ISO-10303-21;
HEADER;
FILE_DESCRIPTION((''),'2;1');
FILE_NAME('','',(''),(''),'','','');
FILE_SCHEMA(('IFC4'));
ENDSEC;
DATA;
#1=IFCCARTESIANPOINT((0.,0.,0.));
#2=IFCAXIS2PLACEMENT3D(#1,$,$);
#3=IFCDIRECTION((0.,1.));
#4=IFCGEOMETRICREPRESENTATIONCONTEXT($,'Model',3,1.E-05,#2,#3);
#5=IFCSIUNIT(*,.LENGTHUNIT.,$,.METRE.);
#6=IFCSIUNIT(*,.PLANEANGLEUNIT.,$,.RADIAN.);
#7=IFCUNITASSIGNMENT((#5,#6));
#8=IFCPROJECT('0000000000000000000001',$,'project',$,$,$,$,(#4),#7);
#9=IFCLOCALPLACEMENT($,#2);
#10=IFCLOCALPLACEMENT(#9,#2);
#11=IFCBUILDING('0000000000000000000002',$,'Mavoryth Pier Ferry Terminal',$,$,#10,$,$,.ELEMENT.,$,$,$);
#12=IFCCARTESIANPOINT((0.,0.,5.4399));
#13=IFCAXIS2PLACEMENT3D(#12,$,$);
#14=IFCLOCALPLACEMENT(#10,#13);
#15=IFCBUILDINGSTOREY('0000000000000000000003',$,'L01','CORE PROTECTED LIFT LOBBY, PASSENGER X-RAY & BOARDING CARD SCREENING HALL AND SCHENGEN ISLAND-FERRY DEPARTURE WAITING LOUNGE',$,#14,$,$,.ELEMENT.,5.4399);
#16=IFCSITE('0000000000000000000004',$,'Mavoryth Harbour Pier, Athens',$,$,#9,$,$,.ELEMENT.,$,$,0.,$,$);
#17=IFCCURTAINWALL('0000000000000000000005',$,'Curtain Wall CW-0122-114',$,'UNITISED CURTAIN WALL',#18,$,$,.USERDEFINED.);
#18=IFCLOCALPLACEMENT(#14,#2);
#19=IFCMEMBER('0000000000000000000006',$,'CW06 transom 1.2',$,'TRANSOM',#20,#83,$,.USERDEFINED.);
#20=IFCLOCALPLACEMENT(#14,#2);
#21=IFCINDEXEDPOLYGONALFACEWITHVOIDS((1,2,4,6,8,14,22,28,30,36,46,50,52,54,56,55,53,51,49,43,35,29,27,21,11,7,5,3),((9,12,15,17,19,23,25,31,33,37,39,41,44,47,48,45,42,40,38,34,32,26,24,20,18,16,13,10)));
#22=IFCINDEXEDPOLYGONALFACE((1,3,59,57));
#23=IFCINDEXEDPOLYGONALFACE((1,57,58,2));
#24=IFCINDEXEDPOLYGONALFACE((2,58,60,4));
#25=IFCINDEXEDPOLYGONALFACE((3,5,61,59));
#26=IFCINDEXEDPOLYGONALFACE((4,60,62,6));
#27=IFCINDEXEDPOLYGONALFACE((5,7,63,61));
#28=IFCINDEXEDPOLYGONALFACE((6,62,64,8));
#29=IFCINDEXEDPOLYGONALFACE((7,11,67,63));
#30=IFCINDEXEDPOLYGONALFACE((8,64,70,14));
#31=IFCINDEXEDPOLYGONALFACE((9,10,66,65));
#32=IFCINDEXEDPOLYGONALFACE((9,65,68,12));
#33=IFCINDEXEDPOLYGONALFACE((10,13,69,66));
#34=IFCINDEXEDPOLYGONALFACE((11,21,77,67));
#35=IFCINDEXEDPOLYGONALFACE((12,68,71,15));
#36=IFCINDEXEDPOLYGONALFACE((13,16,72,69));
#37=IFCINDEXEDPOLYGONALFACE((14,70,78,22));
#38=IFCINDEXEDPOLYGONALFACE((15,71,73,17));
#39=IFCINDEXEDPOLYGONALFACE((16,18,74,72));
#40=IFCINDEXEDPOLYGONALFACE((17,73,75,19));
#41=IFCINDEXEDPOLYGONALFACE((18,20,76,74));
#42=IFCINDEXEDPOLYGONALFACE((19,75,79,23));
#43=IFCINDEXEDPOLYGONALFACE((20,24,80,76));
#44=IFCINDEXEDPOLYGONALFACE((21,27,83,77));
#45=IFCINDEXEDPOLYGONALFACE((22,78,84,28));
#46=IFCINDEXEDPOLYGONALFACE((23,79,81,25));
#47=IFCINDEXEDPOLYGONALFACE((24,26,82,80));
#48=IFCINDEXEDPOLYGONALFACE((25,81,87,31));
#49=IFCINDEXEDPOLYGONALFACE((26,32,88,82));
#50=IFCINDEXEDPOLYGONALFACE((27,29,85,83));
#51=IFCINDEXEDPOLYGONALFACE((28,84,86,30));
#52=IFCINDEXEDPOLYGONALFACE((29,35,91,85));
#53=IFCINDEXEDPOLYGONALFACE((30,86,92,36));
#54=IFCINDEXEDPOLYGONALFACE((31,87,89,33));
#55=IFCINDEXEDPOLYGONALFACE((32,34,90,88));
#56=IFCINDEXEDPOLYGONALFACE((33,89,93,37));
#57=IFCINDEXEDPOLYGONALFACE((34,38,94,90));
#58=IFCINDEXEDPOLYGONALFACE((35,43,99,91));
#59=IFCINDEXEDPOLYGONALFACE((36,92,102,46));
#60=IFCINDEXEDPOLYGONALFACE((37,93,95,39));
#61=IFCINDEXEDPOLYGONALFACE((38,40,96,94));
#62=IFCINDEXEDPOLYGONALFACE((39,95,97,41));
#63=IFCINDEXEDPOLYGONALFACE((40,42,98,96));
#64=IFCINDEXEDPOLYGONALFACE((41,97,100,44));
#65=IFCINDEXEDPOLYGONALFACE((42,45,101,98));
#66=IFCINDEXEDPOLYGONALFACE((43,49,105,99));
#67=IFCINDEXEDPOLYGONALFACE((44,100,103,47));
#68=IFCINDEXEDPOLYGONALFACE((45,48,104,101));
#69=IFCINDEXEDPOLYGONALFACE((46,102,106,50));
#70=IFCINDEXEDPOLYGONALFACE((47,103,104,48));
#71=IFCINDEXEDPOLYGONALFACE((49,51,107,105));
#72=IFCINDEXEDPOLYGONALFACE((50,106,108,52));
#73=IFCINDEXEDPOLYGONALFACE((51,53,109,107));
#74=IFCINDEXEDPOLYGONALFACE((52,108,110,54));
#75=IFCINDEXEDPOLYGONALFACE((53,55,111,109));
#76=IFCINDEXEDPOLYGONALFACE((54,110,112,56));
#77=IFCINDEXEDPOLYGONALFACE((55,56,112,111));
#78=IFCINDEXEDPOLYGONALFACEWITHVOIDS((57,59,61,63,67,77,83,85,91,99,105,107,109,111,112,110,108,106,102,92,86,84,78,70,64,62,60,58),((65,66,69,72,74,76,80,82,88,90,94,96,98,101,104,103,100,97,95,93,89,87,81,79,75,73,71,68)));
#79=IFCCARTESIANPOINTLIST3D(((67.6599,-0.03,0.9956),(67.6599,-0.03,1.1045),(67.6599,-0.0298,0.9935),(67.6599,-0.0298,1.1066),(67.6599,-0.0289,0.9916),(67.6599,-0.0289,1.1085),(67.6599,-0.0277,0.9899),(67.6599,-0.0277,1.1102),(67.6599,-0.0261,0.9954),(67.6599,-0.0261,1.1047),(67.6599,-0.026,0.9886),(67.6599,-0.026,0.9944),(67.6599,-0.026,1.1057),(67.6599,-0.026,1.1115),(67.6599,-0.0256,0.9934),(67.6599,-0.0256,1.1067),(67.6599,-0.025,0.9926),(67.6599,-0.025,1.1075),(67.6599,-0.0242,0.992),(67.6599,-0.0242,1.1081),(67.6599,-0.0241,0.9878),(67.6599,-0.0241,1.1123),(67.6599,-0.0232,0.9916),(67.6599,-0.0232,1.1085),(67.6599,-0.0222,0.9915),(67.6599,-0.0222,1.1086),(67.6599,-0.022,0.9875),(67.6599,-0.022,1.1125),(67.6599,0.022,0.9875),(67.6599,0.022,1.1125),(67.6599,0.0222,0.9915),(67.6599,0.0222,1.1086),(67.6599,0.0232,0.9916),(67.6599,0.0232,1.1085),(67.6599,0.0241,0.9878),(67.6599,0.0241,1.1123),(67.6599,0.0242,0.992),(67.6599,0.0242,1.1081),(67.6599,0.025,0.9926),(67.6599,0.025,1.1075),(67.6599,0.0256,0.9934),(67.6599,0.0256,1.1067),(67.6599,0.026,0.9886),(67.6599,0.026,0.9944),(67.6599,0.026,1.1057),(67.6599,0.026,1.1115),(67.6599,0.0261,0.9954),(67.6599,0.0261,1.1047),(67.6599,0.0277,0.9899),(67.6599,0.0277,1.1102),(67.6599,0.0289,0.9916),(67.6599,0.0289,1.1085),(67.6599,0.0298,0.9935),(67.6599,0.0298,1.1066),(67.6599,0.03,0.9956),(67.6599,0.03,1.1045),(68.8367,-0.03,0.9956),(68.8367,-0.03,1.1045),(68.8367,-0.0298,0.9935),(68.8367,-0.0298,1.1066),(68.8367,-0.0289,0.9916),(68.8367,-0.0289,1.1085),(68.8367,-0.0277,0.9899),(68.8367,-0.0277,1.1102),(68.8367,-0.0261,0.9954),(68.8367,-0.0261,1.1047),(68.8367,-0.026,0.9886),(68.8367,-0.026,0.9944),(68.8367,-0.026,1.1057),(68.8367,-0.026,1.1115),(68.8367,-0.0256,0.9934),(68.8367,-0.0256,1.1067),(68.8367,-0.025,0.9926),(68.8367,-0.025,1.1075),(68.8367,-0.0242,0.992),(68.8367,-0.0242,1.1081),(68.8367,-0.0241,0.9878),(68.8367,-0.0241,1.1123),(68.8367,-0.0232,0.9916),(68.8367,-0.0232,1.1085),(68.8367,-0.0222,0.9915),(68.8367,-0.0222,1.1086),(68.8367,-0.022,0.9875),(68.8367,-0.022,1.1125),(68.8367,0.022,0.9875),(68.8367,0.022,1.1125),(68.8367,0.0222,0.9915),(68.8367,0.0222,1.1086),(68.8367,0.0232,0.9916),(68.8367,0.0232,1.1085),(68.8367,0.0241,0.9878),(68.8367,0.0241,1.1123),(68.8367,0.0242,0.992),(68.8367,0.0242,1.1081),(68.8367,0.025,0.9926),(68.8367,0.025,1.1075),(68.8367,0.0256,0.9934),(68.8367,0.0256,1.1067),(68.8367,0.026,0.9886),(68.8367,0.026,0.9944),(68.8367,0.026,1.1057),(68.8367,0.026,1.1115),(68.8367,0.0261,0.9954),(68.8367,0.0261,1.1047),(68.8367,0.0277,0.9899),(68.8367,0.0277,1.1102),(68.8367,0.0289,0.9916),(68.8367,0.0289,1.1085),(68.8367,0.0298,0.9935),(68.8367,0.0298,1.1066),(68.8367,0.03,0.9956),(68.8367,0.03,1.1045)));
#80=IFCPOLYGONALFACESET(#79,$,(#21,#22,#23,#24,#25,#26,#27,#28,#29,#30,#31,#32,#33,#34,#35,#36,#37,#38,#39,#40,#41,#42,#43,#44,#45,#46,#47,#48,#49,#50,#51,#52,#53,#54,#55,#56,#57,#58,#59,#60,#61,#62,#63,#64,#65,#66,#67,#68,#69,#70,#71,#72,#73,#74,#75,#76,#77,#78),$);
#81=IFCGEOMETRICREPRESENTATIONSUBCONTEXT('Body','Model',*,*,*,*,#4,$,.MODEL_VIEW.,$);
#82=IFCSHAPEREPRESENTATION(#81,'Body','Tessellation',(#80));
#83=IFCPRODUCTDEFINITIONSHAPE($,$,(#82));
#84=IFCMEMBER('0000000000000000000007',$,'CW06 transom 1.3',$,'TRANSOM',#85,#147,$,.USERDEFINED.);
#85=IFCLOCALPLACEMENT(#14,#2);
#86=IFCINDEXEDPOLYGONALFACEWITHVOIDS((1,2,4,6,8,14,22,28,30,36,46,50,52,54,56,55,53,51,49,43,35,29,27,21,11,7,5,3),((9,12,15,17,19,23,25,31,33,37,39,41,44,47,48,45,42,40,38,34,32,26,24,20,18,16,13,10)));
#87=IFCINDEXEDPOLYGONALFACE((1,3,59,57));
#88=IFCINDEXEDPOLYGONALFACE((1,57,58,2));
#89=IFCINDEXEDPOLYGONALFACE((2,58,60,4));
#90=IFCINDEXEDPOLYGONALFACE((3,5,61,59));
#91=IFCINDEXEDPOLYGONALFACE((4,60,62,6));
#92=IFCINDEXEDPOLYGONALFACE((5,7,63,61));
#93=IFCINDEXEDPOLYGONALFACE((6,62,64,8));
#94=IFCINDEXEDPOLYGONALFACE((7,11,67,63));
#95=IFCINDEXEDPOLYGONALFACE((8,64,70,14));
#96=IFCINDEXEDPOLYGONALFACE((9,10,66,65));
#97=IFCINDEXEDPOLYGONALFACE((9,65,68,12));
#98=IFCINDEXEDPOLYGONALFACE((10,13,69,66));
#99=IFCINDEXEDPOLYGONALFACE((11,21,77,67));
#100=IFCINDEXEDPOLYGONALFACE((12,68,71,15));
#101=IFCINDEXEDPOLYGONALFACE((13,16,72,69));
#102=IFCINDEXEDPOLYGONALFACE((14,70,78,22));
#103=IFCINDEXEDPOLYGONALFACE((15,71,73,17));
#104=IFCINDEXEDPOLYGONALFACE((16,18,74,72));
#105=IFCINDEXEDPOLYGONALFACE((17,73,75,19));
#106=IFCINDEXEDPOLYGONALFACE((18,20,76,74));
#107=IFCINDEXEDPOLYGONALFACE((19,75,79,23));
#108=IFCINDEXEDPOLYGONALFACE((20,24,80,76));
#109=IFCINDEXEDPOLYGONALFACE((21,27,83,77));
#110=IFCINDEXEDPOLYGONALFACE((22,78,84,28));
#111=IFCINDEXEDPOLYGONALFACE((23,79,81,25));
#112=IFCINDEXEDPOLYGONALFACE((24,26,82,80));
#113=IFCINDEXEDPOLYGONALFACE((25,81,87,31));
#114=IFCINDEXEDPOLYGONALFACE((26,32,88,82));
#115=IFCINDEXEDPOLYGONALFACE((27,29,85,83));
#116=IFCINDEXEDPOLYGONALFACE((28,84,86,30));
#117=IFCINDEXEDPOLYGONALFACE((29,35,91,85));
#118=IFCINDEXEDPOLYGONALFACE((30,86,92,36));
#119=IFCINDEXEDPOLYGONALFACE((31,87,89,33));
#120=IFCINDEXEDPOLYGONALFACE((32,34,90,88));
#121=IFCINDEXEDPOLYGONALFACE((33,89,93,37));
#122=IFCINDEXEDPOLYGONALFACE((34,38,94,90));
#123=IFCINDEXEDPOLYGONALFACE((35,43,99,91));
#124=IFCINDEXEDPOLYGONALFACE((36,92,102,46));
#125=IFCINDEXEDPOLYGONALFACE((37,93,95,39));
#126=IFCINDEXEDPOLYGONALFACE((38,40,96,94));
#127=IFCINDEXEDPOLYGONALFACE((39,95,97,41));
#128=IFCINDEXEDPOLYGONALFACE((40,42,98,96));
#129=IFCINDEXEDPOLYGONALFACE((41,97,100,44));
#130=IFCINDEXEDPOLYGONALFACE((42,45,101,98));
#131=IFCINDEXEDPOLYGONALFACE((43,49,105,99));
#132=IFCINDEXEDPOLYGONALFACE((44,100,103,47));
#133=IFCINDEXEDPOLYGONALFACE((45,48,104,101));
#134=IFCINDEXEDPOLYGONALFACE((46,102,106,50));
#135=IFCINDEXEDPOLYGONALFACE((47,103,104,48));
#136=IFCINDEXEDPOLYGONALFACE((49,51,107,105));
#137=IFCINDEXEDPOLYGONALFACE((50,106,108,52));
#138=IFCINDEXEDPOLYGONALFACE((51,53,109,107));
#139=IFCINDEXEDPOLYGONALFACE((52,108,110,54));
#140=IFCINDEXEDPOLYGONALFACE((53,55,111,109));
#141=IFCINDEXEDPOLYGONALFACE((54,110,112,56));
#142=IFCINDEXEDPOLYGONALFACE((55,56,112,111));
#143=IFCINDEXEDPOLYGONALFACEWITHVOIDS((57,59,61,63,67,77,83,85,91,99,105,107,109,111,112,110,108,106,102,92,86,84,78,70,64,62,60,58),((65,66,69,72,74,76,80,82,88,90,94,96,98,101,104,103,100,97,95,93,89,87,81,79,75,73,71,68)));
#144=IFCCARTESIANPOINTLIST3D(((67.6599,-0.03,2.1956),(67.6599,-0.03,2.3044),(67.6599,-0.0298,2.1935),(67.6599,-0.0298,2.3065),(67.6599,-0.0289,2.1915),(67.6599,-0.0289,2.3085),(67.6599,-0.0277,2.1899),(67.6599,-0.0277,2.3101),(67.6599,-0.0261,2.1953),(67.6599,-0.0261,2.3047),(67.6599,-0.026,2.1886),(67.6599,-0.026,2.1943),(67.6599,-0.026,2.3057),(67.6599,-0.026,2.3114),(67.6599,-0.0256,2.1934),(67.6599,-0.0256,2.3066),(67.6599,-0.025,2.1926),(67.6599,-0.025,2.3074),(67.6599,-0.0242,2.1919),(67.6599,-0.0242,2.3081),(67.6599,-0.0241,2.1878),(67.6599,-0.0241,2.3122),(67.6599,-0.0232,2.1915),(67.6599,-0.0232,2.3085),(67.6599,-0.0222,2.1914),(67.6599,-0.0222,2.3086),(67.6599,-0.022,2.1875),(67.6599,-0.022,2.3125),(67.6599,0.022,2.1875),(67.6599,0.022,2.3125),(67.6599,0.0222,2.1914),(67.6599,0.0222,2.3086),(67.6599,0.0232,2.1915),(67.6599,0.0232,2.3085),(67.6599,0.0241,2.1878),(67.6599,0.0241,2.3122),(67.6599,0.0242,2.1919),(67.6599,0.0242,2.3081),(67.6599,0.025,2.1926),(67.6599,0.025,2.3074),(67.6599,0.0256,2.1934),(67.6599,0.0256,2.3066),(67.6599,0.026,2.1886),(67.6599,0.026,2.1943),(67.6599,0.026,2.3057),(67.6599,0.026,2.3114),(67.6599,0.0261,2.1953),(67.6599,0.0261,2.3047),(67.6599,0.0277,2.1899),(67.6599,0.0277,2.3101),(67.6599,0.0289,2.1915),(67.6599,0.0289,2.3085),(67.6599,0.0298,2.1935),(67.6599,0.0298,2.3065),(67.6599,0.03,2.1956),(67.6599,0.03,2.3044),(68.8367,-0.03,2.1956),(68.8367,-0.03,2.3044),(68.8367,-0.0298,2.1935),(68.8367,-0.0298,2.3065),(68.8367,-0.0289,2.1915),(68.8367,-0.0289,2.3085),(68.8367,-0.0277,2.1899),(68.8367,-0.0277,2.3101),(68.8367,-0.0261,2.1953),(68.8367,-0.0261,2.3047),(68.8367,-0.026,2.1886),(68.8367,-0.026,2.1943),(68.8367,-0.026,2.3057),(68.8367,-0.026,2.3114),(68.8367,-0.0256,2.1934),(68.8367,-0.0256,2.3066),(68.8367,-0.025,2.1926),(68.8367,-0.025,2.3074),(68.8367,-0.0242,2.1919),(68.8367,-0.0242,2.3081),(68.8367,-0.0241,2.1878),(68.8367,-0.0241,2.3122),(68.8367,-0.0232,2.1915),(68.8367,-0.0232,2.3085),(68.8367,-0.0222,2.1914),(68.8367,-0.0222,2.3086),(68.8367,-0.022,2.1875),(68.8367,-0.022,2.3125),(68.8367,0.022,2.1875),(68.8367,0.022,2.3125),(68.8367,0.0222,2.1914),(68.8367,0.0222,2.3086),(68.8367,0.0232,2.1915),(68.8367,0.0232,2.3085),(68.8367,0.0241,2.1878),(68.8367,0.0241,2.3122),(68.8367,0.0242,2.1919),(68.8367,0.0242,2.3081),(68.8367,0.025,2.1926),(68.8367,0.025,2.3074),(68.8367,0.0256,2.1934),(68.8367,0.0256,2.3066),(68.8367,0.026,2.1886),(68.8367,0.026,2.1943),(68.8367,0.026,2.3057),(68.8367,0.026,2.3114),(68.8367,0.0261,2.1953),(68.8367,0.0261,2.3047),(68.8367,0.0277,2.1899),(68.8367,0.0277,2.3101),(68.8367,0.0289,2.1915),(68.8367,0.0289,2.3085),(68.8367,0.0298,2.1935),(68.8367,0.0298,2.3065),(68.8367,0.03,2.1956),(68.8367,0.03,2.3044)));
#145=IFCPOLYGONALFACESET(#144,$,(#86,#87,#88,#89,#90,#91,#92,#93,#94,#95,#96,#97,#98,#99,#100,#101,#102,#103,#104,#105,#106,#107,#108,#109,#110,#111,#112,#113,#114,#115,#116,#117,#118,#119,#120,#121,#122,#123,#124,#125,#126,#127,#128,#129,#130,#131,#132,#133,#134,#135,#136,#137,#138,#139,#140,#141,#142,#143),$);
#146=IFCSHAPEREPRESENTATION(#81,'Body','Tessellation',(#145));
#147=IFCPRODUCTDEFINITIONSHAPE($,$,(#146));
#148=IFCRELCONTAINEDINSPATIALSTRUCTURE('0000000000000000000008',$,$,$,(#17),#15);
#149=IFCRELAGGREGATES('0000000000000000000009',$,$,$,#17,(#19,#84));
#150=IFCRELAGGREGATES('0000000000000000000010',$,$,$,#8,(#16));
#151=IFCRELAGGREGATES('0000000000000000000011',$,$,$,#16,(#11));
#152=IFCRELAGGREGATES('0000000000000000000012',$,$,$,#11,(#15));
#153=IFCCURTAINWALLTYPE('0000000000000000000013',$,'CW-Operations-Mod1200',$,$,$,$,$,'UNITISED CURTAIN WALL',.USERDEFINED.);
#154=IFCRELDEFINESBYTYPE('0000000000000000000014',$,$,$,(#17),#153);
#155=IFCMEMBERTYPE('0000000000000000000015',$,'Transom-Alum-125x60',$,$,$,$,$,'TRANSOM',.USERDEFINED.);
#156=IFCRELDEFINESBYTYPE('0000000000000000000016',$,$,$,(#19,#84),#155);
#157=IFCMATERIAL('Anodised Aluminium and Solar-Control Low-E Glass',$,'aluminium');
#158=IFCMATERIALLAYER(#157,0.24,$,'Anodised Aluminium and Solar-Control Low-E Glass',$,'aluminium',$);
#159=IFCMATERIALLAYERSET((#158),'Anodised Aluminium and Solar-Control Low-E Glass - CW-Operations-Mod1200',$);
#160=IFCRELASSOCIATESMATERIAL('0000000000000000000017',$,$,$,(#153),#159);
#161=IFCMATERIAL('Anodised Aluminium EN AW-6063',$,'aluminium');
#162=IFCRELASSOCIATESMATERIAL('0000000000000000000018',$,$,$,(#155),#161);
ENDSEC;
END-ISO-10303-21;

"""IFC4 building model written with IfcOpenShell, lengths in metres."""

from ifc_helpers import new_model, si_unit, direction, frame, origin, origin_2d, place, context, subcontext, project, spatial, hollow_rectangle, extrude, material, layer, layer_set, material_profile, profile_set, type_object, element, aggregate, save


model = new_model("IFC4")

# Units and contexts
model_context = context("Model", 3, precision=1e-05, world=origin(), true_north=direction((0.0, 1.0)))
body_context = subcontext(model_context, "Body", "Model", "MODEL_VIEW")
ifc_project = project(units=[si_unit("LENGTHUNIT", "METRE"), si_unit("PLANEANGLEUNIT", "RADIAN")], contexts=[model_context])

# Site, building, storey
site_placement = place(None, origin())
site = spatial("IfcSite", under=ifc_project, at=site_placement, Name="Mavoryth Harbour Pier, Athens", CompositionType="ELEMENT", RefElevation=0.0)
building_placement = place(site_placement, origin())
building = spatial("IfcBuilding", under=site, at=building_placement, Name="Mavoryth Pier Ferry Terminal", CompositionType="ELEMENT")
storey_placement = place(building_placement, frame((0.0, 0.0, 5.4399)))
storey = spatial("IfcBuildingStorey", under=building, at=storey_placement, Name="L01", Description="CORE PROTECTED LIFT LOBBY, PASSENGER X-RAY & BOARDING CARD SCREENING HALL AND SCHENGEN ISLAND-FERRY DEPARTURE WAITING LOUNGE", CompositionType="ELEMENT", Elevation=5.4399)

# Curtain wall
ifc_material_1 = material(Name="Anodised Aluminium and Solar-Control Low-E Glass", Category="aluminium")
ifc_layer_1 = layer(ifc_material_1, 0.24, Name="Anodised Aluminium and Solar-Control Low-E Glass", Category="aluminium")
ifc_layer_set_1 = layer_set([ifc_layer_1], Name="Anodised Aluminium and Solar-Control Low-E Glass - CW-Operations-Mod1200")
curtain_wall_type = type_object("IfcCurtainWallType", Name="CW-Operations-Mod1200", ElementType="UNITISED CURTAIN WALL", PredefinedType="USERDEFINED", material=ifc_layer_set_1)
curtain_wall_placement = place(storey_placement, origin())
curtain_wall = element("IfcCurtainWall", 1, at=curtain_wall_placement, inside=storey, type_object=curtain_wall_type, Name="Curtain Wall CW-0122-114", ObjectType="UNITISED CURTAIN WALL", PredefinedType="USERDEFINED")
ifc_material_2 = material(Name="Anodised Aluminium EN AW-6063", Category="aluminium")

# Members
ifc_material_profile_1 = material_profile(ifc_material_2, hollow_rectangle(XDim=0.0601, YDim=0.125, WallThickness=0.0039, InnerFilletRadius=0.0039, OuterFilletRadius=0.0081, at=origin_2d()), Name="AL-TRAN 125x60x4", Category="aluminium")
ifc_profile_set_1 = profile_set([ifc_material_profile_1], Name="Anodised Aluminium EN AW-6063 - AL-TRAN 125x60x4")
member_type_1 = type_object("IfcMemberType", Name="Transom-Alum-125x60", ElementType="TRANSOM", PredefinedType="USERDEFINED", material=ifc_profile_set_1)
member_1_placement = place(storey_placement, frame((67.6599, 0.0, 1.05), z_axis=(1.0, 0.0, 0.0), x_axis=(0.0, 1.0, 0.0)))
member_1 = element("IfcMember", 2, at=member_1_placement, type_object=member_type_1, Name="CW06 transom 1.2", ObjectType="TRANSOM", PredefinedType="USERDEFINED", context=body_context, shape_type="SweptSolid", body=[
    extrude(hollow_rectangle(XDim=0.0601, YDim=0.125, WallThickness=0.0039, InnerFilletRadius=0.0039, OuterFilletRadius=0.0081, at=origin_2d()), origin(), (0.0, 0.0, 1.0), 1.1768),
])
member_2_placement = place(storey_placement, frame((67.6599, 0.0, 2.25), z_axis=(1.0, 0.0, 0.0), x_axis=(0.0, 1.0, 0.0)))
member_2 = element("IfcMember", 3, at=member_2_placement, type_object=member_type_1, Name="CW06 transom 1.3", ObjectType="TRANSOM", PredefinedType="USERDEFINED", context=body_context, shape_type="SweptSolid", body=[
    extrude(hollow_rectangle(XDim=0.0601, YDim=0.125, WallThickness=0.0039, InnerFilletRadius=0.0039, OuterFilletRadius=0.0081, at=origin_2d()), origin(), (0.0, 0.0, 1.0), 1.1768),
])

aggregate(curtain_wall, [member_1, member_2])

save(model, "model.ifc")
